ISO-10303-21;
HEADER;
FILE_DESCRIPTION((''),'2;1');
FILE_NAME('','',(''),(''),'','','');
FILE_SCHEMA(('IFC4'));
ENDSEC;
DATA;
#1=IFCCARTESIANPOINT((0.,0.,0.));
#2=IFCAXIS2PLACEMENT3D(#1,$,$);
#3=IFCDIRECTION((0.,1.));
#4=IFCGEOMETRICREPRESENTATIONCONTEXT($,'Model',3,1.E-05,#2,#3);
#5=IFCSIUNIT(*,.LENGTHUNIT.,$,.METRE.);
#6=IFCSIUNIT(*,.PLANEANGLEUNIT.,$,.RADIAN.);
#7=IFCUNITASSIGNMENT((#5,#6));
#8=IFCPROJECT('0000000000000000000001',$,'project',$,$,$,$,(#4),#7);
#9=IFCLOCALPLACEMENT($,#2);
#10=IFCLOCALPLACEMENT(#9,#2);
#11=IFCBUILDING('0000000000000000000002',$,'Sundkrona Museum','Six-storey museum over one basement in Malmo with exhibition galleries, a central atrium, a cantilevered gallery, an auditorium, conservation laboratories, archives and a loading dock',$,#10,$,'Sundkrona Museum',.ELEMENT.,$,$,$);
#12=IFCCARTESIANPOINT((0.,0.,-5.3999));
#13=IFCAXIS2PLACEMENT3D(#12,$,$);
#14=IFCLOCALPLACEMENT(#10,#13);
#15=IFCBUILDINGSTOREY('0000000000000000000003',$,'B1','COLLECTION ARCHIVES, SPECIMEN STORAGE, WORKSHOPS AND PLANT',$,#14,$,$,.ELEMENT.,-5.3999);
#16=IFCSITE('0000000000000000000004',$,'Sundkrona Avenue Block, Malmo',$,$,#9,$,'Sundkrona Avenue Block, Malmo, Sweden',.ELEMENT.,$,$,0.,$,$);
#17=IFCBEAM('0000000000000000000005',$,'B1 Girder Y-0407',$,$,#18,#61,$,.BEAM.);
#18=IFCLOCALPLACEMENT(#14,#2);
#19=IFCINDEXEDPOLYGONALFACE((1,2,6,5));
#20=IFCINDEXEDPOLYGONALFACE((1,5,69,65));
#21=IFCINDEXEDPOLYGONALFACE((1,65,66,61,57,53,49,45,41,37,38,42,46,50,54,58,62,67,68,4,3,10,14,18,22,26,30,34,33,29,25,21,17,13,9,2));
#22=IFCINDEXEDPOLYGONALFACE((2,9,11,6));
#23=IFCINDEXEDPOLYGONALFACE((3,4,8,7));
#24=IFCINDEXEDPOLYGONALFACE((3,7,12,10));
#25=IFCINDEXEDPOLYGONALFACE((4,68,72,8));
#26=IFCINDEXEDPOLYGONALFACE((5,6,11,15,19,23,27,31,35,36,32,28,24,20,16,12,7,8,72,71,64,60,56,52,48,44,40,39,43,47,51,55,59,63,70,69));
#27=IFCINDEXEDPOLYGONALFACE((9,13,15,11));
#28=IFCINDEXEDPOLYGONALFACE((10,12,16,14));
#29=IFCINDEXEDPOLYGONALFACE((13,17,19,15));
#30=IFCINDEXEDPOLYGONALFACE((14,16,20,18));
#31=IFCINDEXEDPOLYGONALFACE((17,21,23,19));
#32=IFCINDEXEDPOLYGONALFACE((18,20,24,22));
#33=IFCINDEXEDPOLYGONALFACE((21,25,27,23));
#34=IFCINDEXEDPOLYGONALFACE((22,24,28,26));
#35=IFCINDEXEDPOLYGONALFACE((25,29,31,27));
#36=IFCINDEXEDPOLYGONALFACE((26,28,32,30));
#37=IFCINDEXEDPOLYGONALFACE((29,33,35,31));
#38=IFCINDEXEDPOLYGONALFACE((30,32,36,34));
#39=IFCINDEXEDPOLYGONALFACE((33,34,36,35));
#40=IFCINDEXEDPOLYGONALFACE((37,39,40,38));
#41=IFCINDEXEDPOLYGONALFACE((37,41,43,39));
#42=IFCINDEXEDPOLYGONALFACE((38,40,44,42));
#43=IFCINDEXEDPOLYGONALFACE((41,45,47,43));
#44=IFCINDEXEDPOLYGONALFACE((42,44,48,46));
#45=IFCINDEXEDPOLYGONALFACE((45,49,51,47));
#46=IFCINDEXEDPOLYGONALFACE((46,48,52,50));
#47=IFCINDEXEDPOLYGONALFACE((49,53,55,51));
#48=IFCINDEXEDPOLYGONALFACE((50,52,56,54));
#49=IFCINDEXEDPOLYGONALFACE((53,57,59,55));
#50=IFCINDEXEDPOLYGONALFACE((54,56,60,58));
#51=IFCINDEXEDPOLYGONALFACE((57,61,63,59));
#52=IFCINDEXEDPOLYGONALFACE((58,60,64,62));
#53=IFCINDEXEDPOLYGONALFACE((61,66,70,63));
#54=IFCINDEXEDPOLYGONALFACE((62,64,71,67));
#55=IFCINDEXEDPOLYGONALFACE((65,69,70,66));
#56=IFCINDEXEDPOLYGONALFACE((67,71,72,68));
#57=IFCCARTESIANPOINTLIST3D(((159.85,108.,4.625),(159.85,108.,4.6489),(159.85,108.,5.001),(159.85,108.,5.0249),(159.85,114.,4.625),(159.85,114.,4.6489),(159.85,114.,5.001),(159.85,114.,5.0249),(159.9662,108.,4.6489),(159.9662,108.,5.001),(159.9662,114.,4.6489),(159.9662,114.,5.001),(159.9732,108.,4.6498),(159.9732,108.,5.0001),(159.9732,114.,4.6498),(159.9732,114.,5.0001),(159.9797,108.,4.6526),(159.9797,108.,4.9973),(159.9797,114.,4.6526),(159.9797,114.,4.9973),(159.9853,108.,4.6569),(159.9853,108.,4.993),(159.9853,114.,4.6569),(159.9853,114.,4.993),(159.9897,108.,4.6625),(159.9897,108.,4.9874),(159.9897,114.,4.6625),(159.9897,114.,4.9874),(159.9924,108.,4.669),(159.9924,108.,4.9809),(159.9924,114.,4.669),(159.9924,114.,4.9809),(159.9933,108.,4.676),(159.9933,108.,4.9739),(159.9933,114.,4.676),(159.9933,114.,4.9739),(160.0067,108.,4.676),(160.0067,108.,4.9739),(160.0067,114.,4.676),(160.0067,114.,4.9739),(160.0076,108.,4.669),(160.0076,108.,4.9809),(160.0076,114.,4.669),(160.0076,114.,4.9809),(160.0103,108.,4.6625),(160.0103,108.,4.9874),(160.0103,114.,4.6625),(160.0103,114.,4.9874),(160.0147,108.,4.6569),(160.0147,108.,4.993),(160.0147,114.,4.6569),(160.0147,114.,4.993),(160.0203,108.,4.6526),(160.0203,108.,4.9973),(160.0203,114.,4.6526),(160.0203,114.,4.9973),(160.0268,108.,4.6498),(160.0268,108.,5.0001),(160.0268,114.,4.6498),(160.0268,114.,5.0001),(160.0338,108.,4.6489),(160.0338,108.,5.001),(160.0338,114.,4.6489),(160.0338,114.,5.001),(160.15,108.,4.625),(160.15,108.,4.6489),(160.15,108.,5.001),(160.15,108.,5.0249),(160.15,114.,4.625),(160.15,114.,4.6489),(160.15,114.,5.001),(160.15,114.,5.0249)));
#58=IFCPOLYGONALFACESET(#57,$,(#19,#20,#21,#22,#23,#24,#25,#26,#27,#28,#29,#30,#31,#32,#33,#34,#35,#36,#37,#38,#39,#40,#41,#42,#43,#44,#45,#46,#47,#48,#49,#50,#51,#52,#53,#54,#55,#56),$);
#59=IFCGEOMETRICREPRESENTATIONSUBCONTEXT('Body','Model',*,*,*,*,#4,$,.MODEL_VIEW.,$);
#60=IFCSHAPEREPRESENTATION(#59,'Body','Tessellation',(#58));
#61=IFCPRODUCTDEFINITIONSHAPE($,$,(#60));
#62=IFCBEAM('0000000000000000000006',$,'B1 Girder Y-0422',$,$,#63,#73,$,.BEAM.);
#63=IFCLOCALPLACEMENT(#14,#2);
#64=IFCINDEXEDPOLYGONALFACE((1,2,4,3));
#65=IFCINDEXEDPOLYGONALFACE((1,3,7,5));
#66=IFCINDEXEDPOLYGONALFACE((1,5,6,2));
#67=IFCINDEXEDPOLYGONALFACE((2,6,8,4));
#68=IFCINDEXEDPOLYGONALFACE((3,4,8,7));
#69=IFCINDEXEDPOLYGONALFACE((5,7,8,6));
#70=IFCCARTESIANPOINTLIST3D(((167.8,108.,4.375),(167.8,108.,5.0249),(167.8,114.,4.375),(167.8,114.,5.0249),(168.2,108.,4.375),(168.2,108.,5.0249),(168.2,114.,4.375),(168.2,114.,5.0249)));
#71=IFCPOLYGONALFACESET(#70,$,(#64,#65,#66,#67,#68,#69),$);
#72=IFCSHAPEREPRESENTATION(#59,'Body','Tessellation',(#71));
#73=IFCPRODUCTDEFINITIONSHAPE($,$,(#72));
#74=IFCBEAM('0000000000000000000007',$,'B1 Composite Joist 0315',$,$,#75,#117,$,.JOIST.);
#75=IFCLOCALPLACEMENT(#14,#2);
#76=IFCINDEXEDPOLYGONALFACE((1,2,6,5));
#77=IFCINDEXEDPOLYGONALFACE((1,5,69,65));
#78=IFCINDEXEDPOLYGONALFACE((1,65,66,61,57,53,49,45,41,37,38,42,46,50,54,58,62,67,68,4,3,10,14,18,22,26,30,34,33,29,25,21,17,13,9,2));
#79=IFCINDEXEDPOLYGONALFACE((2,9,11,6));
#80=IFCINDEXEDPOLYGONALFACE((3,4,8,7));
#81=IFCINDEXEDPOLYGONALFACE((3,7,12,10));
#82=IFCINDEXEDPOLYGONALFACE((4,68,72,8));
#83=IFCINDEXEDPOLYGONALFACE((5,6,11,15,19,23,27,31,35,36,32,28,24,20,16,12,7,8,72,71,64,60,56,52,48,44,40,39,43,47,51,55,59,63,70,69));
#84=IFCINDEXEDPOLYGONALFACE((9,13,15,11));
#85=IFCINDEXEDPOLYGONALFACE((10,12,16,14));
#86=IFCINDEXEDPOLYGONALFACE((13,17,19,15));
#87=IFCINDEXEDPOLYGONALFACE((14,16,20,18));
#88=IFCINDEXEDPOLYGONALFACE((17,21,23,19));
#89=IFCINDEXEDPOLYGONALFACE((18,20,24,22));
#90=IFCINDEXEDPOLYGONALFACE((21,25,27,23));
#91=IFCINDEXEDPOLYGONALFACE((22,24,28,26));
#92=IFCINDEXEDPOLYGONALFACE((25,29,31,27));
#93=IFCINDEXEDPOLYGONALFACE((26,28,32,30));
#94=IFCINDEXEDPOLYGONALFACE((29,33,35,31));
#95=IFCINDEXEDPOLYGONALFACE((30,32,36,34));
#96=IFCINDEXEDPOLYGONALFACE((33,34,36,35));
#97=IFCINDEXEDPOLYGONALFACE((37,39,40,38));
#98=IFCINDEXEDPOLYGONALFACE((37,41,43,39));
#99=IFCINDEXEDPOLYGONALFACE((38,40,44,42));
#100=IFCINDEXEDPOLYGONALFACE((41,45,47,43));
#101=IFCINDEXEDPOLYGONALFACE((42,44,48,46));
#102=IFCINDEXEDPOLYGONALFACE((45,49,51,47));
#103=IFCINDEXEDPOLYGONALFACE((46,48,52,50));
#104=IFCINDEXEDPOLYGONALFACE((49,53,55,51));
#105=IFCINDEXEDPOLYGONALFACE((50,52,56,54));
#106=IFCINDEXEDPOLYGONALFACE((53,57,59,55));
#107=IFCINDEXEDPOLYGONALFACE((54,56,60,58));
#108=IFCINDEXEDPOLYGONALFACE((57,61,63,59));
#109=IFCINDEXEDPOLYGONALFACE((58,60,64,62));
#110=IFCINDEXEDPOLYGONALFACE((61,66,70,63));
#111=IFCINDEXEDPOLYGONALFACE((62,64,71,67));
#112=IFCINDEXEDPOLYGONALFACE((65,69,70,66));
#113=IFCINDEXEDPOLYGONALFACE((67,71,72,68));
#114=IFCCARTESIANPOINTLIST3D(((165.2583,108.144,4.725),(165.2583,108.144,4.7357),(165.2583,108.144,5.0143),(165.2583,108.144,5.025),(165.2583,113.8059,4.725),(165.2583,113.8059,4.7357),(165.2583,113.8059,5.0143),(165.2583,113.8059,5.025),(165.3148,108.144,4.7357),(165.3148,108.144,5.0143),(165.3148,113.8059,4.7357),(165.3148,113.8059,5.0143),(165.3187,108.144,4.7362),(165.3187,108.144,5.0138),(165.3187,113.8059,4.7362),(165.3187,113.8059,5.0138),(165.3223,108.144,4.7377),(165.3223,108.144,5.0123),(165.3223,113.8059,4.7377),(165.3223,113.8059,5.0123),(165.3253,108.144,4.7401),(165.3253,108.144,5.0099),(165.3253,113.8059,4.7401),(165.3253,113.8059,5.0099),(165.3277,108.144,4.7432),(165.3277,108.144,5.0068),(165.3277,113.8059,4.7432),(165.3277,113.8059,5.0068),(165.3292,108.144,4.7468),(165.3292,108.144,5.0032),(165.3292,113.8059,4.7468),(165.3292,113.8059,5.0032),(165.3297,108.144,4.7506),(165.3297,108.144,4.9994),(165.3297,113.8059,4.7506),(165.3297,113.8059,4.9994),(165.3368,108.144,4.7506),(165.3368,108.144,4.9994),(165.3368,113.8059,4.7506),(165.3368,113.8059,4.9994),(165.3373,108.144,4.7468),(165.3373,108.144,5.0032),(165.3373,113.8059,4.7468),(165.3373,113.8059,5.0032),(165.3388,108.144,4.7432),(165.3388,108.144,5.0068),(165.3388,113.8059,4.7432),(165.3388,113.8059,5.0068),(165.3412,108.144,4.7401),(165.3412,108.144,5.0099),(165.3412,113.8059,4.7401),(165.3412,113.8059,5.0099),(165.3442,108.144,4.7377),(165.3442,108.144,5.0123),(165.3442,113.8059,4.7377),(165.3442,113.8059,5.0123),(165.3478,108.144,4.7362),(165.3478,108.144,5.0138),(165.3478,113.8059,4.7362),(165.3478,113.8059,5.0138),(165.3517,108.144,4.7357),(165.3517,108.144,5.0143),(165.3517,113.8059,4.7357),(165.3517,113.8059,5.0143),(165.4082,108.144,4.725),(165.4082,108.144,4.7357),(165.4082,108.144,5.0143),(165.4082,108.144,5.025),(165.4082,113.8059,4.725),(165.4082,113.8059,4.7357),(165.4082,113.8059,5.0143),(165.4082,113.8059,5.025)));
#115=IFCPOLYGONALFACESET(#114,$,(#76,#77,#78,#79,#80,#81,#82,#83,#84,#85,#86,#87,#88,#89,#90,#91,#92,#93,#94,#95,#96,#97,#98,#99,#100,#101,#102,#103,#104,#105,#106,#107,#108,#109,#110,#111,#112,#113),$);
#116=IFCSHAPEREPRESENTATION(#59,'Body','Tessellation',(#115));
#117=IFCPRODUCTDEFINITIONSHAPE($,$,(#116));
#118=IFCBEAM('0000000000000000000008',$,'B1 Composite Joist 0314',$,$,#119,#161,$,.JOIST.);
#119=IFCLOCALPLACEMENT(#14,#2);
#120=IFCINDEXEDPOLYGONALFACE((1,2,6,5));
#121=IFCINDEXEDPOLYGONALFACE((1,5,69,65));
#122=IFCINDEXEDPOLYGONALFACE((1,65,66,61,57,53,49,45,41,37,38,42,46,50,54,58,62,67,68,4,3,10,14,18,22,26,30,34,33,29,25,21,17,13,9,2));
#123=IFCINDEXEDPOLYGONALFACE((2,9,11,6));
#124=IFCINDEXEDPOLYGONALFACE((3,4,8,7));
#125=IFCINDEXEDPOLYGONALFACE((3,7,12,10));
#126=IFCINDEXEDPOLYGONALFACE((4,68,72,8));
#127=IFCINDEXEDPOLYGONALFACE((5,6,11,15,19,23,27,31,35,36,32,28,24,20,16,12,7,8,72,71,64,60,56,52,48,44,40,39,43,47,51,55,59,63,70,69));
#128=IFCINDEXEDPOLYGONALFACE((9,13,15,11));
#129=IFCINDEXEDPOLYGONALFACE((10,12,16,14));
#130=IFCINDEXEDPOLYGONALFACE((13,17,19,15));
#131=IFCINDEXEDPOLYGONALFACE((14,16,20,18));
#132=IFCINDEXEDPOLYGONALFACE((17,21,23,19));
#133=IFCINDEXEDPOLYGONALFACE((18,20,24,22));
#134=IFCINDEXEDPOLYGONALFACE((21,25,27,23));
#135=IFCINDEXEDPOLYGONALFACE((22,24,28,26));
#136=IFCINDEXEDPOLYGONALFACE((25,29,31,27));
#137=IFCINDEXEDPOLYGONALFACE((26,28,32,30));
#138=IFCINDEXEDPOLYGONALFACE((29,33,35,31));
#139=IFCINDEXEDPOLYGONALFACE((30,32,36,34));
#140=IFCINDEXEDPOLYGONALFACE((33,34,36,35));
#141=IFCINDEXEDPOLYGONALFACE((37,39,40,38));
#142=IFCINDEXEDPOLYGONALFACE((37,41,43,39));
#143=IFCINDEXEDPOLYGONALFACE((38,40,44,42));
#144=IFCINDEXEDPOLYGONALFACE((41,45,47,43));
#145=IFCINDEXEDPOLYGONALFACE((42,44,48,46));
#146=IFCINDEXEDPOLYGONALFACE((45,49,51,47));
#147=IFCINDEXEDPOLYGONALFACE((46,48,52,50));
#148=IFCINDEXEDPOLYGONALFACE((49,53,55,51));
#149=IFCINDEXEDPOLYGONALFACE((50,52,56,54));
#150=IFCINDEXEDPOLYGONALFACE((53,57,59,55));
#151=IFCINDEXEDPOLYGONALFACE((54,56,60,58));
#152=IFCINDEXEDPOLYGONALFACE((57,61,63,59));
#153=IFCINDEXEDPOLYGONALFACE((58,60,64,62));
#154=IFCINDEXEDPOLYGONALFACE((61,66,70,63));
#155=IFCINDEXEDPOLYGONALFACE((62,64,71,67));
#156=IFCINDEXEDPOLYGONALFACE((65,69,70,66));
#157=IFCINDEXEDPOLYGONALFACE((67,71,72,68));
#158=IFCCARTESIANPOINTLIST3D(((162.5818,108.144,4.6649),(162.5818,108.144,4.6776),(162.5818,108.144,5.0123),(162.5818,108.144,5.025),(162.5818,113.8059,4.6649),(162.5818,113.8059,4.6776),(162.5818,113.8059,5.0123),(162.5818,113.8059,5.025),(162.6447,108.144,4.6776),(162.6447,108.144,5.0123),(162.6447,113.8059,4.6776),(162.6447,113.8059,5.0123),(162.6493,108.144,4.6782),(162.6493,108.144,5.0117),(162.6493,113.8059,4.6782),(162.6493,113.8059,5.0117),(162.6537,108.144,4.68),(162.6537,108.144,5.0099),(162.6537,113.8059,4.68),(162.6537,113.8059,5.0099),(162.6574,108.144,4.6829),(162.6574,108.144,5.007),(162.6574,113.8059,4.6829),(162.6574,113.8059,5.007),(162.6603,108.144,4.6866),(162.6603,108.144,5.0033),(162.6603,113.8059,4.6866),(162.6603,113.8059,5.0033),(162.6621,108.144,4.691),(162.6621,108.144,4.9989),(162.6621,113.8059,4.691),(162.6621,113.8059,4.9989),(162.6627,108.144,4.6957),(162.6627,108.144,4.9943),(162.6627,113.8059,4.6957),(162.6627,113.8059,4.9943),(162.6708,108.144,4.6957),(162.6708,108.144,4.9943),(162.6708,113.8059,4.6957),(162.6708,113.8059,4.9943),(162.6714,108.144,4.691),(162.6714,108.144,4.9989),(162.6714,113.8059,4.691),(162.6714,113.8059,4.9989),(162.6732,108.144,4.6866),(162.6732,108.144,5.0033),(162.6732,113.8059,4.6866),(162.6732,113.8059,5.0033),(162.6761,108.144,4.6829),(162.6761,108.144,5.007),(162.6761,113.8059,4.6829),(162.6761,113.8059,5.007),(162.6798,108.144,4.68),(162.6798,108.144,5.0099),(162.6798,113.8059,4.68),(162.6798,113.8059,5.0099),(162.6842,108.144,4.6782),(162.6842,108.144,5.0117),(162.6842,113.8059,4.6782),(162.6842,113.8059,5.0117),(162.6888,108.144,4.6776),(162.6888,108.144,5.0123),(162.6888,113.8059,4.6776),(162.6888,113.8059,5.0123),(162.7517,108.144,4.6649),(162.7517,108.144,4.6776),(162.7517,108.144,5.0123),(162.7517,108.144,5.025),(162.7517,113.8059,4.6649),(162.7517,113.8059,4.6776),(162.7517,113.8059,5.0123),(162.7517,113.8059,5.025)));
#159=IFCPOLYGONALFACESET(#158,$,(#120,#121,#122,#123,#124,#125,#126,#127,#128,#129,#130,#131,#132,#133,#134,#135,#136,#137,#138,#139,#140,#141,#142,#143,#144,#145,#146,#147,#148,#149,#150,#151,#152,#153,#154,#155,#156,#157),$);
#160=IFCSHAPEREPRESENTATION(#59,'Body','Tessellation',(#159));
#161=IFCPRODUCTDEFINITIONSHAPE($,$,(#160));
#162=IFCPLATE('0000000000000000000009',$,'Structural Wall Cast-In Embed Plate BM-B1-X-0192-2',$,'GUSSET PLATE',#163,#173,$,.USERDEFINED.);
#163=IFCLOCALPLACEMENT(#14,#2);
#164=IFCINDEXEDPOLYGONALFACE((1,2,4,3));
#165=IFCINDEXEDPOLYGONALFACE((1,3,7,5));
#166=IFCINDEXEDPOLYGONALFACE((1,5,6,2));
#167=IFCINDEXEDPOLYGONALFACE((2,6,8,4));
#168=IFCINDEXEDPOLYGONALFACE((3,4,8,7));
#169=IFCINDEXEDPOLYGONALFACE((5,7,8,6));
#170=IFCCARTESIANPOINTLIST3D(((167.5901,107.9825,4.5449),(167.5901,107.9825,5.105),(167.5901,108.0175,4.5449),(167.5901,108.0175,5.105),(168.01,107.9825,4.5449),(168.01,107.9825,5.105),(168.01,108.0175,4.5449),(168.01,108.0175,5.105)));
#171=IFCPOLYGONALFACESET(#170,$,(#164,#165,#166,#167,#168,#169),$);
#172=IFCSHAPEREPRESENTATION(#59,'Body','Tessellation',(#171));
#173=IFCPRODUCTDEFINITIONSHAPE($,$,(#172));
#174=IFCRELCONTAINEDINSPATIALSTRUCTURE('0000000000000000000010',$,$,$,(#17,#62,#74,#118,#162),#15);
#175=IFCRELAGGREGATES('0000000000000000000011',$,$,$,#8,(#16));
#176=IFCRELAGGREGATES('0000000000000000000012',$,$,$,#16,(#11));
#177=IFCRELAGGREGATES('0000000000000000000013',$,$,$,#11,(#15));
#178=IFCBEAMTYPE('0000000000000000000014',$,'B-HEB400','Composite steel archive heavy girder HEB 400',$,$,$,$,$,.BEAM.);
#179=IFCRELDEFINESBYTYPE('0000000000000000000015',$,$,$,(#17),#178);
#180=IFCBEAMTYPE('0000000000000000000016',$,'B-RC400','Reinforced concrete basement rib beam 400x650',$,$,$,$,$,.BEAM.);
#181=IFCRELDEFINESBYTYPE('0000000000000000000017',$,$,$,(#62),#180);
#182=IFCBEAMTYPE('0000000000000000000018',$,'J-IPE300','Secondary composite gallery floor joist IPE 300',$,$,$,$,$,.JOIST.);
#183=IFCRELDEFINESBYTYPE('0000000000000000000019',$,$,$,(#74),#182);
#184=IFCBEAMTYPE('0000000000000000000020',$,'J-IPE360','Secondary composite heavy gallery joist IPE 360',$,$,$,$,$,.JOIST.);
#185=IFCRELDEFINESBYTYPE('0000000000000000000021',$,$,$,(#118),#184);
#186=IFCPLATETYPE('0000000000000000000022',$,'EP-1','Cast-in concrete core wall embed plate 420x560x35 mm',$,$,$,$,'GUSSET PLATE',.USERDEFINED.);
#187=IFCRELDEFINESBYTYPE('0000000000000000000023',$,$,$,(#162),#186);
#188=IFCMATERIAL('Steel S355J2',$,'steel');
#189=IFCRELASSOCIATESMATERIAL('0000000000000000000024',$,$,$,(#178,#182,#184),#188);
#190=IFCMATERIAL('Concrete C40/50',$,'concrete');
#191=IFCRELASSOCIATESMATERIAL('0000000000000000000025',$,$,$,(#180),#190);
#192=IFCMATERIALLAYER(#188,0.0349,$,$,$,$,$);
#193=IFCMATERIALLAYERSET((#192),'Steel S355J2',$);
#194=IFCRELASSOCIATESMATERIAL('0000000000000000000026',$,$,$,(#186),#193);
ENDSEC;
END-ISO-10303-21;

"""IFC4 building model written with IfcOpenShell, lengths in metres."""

from ifc_helpers import new_model, si_unit, direction, frame, origin, origin_2d, place, context, subcontext, project, spatial, rectangle, i_section, extrude, material, layer, layer_set, material_profile, profile_set, type_object, element, save


model = new_model("IFC4")

# Units and contexts
model_context = context("Model", 3, precision=1e-05, world=origin(), true_north=direction((0.0, 1.0)))
body_context = subcontext(model_context, "Body", "Model", "MODEL_VIEW")
ifc_project = project(units=[si_unit("LENGTHUNIT", "METRE"), si_unit("PLANEANGLEUNIT", "RADIAN")], contexts=[model_context])

# Site, building, storey
site_placement = place(None, origin())
site = spatial("IfcSite", under=ifc_project, at=site_placement, Name="Sundkrona Avenue Block, Malmo", LongName="Sundkrona Avenue Block, Malmo, Sweden", CompositionType="ELEMENT", RefElevation=0.0)
building_placement = place(site_placement, origin())
building = spatial("IfcBuilding", under=site, at=building_placement, Name="Sundkrona Museum", Description="Six-storey museum over one basement in Malmo with exhibition galleries, a central atrium, a cantilevered gallery, an auditorium, conservation laboratories, archives and a loading dock", LongName="Sundkrona Museum", CompositionType="ELEMENT")
storey_placement = place(building_placement, frame((0.0, 0.0, -5.3999)))
storey = spatial("IfcBuildingStorey", under=building, at=storey_placement, Name="B1", Description="COLLECTION ARCHIVES, SPECIMEN STORAGE, WORKSHOPS AND PLANT", CompositionType="ELEMENT", Elevation=-5.3999)

# Shared definitions
ifc_material_1 = material(Name="Concrete C40/50", Category="concrete")

# Beams
ifc_material_2 = material(Name="Steel S355J2", Category="steel")
ifc_material_profile_1 = material_profile(ifc_material_2, i_section(OverallWidth=0.3, OverallDepth=0.3999, WebThickness=0.0134, FlangeThickness=0.0239, FilletRadius=0.0271, at=origin_2d()), Name="HEB 400")
ifc_profile_set_1 = profile_set([ifc_material_profile_1], Name="Steel S355J2")
beam_type_1 = type_object("IfcBeamType", Name="B-HEB400", Description="Composite steel archive heavy girder HEB 400", PredefinedType="BEAM", material=ifc_profile_set_1)
beam_1_placement = place(storey_placement, frame((160.0, 108.0, 4.825), z_axis=(0.0, 1.0, 0.0), x_axis=(-1.0, 0.0, 0.0)))
element("IfcBeam", 1, at=beam_1_placement, inside=storey, type_object=beam_type_1, Name="B1 Girder Y-0407", PredefinedType="BEAM", context=body_context, shape_type="SweptSolid", body=[
    extrude(i_section(OverallWidth=0.3, OverallDepth=0.3999, WebThickness=0.0134, FlangeThickness=0.0239, FilletRadius=0.0271, at=origin_2d()), origin(), (0.0, 0.0, 1.0), 6.0),
])
ifc_material_profile_2 = material_profile(ifc_material_1, rectangle(XDim=0.3999, YDim=0.6499, at=origin_2d()), Name="RCB 400x650")
ifc_profile_set_2 = profile_set([ifc_material_profile_2], Name="Concrete C40/50")
beam_type_2 = type_object("IfcBeamType", Name="B-RC400", Description="Reinforced concrete basement rib beam 400x650", PredefinedType="BEAM", material=ifc_profile_set_2)
beam_2_placement = place(storey_placement, frame((168.0, 108.0, 4.7), z_axis=(0.0, 1.0, 0.0), x_axis=(-1.0, 0.0, 0.0)))
element("IfcBeam", 2, at=beam_2_placement, inside=storey, type_object=beam_type_2, Name="B1 Girder Y-0422", PredefinedType="BEAM", context=body_context, shape_type="SweptSolid", body=[
    extrude(rectangle(XDim=0.3999, YDim=0.6499, at=origin_2d()), origin(), (0.0, 0.0, 1.0), 6.0),
])
ifc_material_profile_3 = material_profile(ifc_material_2, i_section(OverallWidth=0.1499, OverallDepth=0.3, WebThickness=0.0071, FlangeThickness=0.0107, FilletRadius=0.0149, at=origin_2d()), Name="IPE 300")
ifc_profile_set_3 = profile_set([ifc_material_profile_3], Name="Steel S355J2")
beam_type_3 = type_object("IfcBeamType", Name="J-IPE300", Description="Secondary composite gallery floor joist IPE 300", PredefinedType="JOIST", material=ifc_profile_set_3)
beam_3_placement = place(storey_placement, frame((165.3333, 108.144, 4.875), z_axis=(0.0, 1.0, 0.0), x_axis=(-1.0, 0.0, 0.0)))
element("IfcBeam", 3, at=beam_3_placement, inside=storey, type_object=beam_type_3, Name="B1 Composite Joist 0315", PredefinedType="JOIST", context=body_context, shape_type="SweptSolid", body=[
    extrude(i_section(OverallWidth=0.1499, OverallDepth=0.3, WebThickness=0.0071, FlangeThickness=0.0107, FilletRadius=0.0149, at=origin_2d()), origin(), (0.0, 0.0, 1.0), 5.6619),
])
ifc_material_profile_4 = material_profile(ifc_material_2, i_section(OverallWidth=0.1699, OverallDepth=0.3601, WebThickness=0.0081, FlangeThickness=0.0127, FilletRadius=0.0181, at=origin_2d()), Name="IPE 360")
ifc_profile_set_4 = profile_set([ifc_material_profile_4], Name="Steel S355J2")
beam_type_4 = type_object("IfcBeamType", Name="J-IPE360", Description="Secondary composite heavy gallery joist IPE 360", PredefinedType="JOIST", material=ifc_profile_set_4)
beam_4_placement = place(storey_placement, frame((162.6667, 108.144, 4.845), z_axis=(0.0, 1.0, 0.0), x_axis=(-1.0, 0.0, 0.0)))
element("IfcBeam", 4, at=beam_4_placement, inside=storey, type_object=beam_type_4, Name="B1 Composite Joist 0314", PredefinedType="JOIST", context=body_context, shape_type="SweptSolid", body=[
    extrude(i_section(OverallWidth=0.1699, OverallDepth=0.3601, WebThickness=0.0081, FlangeThickness=0.0127, FilletRadius=0.0181, at=origin_2d()), origin(), (0.0, 0.0, 1.0), 5.6619),
])

# Plate
ifc_layer = layer(ifc_material_2, 0.0349)
ifc_layer_set = layer_set([ifc_layer], Name="Steel S355J2")
plate_type = type_object("IfcPlateType", Name="EP-1", Description="Cast-in concrete core wall embed plate 420x560x35 mm", ElementType="GUSSET PLATE", PredefinedType="USERDEFINED", material=ifc_layer_set)
plate_placement = place(storey_placement, frame((167.8, 108.0, 4.5449), z_axis=(0.0, 0.0, 1.0), x_axis=(1.0, 0.0, 0.0)))
element("IfcPlate", 5, at=plate_placement, inside=storey, type_object=plate_type, Name="Structural Wall Cast-In Embed Plate BM-B1-X-0192-2", ObjectType="GUSSET PLATE", PredefinedType="USERDEFINED", context=body_context, shape_type="SweptSolid", body=[
    extrude(rectangle(XDim=0.4199, YDim=0.0349, at=origin_2d()), origin(), (0.0, 0.0, 1.0), 0.5601),
])

save(model, "model.ifc")
